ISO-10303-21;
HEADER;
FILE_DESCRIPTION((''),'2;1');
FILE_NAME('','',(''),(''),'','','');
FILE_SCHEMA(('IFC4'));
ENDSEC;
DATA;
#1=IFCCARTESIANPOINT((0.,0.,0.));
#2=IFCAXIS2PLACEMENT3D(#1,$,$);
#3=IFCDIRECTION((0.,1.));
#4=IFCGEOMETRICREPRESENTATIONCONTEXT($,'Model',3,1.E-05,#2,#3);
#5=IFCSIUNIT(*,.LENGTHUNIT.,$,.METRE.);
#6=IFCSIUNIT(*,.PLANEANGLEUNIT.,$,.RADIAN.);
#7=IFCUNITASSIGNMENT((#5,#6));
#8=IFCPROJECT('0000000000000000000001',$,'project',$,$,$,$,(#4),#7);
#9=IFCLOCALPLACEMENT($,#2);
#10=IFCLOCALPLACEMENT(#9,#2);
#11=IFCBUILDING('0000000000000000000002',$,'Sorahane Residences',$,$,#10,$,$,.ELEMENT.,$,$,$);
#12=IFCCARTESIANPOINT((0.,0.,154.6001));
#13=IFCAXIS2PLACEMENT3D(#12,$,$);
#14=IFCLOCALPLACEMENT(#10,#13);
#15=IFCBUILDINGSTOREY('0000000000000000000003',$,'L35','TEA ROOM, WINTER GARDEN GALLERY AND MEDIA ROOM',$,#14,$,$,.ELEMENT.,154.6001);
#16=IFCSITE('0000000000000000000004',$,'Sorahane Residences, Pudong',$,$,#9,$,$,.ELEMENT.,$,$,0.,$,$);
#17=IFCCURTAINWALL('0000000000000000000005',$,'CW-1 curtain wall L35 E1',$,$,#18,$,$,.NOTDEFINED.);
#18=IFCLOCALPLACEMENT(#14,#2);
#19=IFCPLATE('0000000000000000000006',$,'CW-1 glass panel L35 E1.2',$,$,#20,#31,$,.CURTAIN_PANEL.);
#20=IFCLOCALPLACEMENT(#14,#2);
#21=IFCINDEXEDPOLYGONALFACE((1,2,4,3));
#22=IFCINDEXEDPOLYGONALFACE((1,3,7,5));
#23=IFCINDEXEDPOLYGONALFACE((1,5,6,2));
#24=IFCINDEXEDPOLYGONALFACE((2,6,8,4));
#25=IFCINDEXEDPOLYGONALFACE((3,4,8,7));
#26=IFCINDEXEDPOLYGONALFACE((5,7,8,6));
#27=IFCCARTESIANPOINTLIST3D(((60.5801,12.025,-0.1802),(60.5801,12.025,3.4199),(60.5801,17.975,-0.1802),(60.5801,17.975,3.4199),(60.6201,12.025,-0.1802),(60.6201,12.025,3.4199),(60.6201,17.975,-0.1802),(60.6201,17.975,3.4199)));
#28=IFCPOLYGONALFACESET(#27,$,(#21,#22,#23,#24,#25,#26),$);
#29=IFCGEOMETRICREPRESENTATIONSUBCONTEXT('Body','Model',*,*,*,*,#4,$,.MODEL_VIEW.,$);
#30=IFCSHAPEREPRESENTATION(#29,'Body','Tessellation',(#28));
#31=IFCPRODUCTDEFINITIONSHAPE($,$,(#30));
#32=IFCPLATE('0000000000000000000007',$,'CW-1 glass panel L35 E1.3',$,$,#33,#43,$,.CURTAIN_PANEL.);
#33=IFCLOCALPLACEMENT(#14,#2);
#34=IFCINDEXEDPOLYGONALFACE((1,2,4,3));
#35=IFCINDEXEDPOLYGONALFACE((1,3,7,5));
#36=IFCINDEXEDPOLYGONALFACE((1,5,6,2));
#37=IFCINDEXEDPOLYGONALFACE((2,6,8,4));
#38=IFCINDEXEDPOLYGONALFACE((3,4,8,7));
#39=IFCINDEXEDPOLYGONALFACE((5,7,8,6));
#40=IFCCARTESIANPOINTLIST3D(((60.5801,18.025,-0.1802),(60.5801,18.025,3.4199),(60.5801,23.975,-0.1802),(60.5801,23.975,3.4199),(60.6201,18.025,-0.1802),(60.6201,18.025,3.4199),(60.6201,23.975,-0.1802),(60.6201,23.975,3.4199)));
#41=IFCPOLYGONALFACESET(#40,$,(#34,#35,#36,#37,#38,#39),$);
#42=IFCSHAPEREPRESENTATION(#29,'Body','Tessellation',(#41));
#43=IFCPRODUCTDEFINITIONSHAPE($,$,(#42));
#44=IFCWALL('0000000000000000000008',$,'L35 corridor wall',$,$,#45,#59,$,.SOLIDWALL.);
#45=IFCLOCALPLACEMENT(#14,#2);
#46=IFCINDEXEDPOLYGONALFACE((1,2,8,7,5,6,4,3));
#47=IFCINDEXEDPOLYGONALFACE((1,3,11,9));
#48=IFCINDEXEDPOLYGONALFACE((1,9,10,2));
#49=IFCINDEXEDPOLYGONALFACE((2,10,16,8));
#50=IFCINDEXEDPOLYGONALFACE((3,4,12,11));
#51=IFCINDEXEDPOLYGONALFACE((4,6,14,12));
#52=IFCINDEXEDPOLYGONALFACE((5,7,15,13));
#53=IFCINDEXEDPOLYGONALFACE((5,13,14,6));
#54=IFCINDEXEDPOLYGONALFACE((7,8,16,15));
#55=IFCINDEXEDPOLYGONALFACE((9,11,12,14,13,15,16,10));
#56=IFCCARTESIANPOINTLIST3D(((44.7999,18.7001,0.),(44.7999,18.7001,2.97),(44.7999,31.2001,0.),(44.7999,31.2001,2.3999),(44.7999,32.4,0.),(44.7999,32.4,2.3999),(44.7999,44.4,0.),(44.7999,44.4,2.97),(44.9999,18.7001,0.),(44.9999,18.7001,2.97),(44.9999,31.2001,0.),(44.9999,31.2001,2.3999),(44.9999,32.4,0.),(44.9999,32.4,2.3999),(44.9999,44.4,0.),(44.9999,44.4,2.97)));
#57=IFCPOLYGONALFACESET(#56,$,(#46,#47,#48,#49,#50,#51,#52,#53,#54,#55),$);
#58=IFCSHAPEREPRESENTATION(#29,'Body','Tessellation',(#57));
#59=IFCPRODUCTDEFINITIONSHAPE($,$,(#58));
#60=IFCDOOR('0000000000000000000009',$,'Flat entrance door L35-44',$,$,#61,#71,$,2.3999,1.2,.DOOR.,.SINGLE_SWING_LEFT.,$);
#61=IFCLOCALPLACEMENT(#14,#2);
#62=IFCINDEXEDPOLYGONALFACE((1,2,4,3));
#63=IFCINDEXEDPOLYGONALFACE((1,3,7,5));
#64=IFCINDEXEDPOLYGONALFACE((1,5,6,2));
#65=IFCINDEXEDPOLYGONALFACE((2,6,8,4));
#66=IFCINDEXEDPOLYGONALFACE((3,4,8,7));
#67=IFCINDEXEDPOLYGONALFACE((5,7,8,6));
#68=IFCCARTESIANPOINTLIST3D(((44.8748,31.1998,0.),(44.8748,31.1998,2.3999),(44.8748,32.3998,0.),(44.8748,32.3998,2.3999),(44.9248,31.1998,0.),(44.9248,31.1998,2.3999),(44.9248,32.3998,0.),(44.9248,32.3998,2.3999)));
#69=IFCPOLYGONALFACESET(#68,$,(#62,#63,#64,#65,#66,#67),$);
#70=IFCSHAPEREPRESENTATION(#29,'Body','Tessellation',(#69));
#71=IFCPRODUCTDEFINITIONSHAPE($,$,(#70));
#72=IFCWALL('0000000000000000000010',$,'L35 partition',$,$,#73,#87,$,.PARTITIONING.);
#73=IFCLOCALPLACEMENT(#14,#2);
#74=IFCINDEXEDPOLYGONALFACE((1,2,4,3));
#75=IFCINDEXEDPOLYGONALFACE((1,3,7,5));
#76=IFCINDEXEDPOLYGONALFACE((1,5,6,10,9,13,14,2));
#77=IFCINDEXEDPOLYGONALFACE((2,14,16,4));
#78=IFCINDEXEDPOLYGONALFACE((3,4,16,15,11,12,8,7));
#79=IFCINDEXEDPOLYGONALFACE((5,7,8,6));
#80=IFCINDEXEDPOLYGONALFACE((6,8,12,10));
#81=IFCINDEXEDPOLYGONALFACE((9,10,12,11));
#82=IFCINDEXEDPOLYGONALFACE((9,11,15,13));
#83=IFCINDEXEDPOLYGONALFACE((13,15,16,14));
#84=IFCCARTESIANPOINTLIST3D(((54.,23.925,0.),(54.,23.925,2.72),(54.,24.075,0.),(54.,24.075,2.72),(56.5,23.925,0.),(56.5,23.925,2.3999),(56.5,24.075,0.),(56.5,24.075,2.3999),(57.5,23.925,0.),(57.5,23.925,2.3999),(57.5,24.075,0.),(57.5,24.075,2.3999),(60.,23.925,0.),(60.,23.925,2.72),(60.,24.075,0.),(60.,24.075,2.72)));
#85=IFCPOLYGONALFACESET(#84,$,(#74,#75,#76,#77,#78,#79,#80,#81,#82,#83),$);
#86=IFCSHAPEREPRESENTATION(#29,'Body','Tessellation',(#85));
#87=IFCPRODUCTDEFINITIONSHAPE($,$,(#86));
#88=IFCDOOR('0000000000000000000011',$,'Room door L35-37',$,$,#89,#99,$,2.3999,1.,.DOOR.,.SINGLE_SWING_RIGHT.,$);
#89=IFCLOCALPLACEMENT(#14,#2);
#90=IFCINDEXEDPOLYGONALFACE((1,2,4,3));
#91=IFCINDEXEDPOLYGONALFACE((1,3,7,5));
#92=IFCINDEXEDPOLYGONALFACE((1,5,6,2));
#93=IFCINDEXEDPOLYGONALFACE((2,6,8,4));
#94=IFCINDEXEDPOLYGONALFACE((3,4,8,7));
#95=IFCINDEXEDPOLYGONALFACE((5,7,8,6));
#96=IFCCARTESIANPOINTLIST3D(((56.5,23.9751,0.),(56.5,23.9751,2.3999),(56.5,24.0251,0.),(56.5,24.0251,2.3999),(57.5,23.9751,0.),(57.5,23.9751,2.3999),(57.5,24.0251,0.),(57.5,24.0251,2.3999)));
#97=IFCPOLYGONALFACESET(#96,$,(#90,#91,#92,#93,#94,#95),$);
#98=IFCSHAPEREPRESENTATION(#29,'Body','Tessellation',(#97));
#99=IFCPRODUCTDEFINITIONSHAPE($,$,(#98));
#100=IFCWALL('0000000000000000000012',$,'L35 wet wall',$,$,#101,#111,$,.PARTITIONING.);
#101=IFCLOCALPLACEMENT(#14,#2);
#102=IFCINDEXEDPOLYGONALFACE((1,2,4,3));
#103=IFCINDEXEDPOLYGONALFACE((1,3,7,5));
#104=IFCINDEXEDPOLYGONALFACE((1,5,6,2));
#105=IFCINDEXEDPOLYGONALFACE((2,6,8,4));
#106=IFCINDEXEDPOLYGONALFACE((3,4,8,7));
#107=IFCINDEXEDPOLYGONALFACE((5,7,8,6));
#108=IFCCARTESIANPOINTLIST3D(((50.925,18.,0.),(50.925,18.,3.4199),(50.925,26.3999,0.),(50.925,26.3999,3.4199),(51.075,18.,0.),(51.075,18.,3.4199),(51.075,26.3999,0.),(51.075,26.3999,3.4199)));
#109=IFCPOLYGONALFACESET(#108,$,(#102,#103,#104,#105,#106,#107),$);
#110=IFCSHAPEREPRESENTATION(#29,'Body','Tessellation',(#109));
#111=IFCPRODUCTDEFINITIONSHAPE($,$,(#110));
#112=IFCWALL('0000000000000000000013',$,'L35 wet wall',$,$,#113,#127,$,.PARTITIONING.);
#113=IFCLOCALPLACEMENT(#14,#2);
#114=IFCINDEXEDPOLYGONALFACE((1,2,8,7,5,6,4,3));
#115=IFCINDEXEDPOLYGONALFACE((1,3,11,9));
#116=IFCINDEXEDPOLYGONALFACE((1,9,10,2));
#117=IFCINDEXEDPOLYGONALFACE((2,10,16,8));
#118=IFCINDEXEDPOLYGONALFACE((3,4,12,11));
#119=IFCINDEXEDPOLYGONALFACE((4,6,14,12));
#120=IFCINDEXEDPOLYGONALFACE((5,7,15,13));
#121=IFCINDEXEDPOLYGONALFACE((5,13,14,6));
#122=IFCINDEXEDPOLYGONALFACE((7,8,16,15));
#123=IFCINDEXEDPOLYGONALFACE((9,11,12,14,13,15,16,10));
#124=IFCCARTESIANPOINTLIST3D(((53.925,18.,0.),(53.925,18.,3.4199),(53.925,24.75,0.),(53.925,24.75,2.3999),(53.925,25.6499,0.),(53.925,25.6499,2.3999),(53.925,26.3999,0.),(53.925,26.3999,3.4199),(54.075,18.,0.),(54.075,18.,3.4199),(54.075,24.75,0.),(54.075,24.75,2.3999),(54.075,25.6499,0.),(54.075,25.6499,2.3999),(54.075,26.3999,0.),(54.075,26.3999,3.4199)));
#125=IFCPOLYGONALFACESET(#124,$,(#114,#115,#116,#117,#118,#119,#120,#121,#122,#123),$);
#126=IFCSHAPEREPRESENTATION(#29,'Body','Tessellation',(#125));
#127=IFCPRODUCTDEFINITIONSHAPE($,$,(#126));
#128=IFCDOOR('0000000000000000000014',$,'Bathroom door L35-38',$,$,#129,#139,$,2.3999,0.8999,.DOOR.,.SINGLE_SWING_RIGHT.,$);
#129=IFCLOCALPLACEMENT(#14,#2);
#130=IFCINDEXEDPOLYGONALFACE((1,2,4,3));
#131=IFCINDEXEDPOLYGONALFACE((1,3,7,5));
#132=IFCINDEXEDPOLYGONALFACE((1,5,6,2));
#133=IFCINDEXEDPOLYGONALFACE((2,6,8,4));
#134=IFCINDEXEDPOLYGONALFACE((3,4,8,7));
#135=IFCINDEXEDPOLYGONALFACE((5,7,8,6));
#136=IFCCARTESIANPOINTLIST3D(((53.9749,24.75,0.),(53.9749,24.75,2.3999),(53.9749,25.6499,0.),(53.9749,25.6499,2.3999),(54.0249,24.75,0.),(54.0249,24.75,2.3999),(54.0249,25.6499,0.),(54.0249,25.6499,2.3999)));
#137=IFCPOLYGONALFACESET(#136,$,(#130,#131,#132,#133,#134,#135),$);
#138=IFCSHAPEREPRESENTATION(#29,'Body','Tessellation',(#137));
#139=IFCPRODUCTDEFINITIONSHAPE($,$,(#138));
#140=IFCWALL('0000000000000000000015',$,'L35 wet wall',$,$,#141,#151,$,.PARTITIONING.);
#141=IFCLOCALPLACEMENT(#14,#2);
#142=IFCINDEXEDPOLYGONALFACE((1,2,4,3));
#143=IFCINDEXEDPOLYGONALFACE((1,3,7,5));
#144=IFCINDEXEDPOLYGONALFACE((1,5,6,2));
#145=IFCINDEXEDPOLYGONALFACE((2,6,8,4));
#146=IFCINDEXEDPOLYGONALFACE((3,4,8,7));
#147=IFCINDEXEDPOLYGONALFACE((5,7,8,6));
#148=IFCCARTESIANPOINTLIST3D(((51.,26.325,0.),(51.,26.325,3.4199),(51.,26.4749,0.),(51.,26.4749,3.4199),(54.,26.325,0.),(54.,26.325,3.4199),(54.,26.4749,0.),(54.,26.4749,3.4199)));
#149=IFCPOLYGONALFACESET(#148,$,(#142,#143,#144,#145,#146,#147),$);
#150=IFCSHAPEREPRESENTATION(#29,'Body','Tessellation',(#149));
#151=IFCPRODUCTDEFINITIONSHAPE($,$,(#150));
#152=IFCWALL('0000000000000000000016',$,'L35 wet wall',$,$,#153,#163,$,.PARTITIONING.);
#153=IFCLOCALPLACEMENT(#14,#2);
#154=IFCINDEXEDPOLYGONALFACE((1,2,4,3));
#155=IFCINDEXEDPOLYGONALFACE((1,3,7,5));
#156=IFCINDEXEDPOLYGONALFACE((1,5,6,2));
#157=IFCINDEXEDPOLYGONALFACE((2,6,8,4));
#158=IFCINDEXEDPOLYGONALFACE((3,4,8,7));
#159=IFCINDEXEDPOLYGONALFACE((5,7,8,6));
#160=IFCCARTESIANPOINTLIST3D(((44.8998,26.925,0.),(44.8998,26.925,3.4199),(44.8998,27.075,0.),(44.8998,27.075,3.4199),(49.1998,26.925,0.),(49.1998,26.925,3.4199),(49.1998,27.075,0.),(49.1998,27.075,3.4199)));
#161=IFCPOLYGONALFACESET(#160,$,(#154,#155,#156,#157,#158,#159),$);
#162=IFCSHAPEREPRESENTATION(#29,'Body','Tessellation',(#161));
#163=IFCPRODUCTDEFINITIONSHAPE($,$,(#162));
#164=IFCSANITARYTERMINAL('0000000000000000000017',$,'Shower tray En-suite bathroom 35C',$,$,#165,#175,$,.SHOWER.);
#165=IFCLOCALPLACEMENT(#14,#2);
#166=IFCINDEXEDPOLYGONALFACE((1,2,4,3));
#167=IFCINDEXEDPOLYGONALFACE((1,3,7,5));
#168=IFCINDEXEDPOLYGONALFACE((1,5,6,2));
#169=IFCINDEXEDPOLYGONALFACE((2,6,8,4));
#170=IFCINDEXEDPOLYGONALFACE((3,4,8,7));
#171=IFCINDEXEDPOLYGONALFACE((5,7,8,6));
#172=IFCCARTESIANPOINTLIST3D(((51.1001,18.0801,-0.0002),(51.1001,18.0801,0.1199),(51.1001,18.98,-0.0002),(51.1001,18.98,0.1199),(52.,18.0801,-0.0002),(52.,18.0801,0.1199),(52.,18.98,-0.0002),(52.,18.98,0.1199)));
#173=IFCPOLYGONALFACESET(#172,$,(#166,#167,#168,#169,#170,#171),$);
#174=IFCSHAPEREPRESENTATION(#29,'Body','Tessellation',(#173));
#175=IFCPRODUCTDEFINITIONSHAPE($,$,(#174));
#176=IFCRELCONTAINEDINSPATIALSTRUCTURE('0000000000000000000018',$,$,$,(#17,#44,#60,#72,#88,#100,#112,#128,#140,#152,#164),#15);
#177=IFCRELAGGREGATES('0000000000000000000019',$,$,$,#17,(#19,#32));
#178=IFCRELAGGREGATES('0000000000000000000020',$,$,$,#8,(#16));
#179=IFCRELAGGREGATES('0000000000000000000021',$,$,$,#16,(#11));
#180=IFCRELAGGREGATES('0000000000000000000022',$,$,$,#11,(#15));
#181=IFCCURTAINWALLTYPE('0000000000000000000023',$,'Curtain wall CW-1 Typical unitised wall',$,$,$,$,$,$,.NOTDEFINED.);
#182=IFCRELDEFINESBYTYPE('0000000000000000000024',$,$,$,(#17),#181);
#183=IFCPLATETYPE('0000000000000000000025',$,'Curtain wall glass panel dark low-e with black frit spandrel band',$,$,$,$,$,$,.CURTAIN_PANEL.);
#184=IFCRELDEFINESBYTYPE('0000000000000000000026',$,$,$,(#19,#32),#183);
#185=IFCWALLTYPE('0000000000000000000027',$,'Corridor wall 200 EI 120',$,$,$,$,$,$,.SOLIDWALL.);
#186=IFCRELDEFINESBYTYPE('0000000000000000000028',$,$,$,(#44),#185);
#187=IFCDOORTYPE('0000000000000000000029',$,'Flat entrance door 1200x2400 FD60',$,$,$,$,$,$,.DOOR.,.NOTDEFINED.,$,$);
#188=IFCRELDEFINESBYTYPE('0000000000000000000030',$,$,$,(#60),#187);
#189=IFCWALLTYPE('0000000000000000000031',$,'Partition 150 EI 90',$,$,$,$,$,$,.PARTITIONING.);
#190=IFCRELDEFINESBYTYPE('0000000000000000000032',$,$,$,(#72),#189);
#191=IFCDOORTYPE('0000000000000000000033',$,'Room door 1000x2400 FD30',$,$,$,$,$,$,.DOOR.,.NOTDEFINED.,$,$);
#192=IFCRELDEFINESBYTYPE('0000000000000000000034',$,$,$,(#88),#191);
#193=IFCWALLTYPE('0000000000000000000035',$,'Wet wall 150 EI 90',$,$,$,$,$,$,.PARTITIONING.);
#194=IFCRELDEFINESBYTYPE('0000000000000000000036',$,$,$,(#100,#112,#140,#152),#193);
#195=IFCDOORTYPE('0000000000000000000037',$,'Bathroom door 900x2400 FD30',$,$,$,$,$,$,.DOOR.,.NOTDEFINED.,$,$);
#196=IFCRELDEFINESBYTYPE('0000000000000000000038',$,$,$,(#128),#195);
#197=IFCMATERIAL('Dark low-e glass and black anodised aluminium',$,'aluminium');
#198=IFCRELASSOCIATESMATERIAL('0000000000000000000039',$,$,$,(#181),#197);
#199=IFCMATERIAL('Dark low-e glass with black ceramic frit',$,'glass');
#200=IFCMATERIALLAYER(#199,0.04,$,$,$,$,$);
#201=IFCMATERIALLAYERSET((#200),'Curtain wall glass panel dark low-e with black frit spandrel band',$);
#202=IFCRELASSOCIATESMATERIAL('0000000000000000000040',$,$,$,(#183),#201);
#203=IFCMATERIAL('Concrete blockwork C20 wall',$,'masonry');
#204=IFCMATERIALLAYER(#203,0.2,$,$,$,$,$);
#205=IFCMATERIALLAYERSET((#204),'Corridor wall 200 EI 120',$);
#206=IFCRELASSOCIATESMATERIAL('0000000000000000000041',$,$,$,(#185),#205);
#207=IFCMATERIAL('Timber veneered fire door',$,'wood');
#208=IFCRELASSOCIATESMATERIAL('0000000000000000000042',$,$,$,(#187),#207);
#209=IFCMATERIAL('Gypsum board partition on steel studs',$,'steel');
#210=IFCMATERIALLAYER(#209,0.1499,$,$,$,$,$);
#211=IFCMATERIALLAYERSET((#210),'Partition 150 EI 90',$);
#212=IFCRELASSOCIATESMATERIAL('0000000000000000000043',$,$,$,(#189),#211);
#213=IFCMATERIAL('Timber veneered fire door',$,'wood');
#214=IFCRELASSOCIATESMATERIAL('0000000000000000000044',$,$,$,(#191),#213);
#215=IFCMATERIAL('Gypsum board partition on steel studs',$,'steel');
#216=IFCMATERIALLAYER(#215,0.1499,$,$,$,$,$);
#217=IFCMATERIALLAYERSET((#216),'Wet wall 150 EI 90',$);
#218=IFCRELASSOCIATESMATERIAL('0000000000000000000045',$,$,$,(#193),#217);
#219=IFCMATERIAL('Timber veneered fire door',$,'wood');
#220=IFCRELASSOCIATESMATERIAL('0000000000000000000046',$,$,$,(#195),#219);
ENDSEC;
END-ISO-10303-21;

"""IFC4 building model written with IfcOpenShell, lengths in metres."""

from ifc_helpers import new_model, si_unit, direction, frame, frame_2d, origin, origin_2d, place, context, subcontext, project, spatial, rectangle, extrude, material, layer, layer_set, type_object, element, fill, aggregate, save


model = new_model("IFC4")

# Units and contexts
model_context = context("Model", 3, precision=1e-05, world=origin(), true_north=direction((0.0, 1.0)))
body_context = subcontext(model_context, "Body", "Model", "MODEL_VIEW")
ifc_project = project(units=[si_unit("LENGTHUNIT", "METRE"), si_unit("PLANEANGLEUNIT", "RADIAN")], contexts=[model_context])

# Site, building, storey
site_placement = place(None, origin())
site = spatial("IfcSite", under=ifc_project, at=site_placement, Name="Sorahane Residences, Pudong", CompositionType="ELEMENT", RefElevation=0.0)
building_placement = place(site_placement, origin())
building = spatial("IfcBuilding", under=site, at=building_placement, Name="Sorahane Residences", CompositionType="ELEMENT")
storey_placement = place(building_placement, frame((0.0, 0.0, 154.6001)))
storey = spatial("IfcBuildingStorey", under=building, at=storey_placement, Name="L35", Description="TEA ROOM, WINTER GARDEN GALLERY AND MEDIA ROOM", CompositionType="ELEMENT", Elevation=154.6001)

# Curtain wall
ifc_material_1 = material(Name="Dark low-e glass and black anodised aluminium", Category="aluminium")
curtain_wall_type = type_object("IfcCurtainWallType", Name="Curtain wall CW-1 Typical unitised wall", PredefinedType="NOTDEFINED", material=ifc_material_1)
curtain_wall_placement = place(storey_placement, origin())
curtain_wall = element("IfcCurtainWall", 1, at=curtain_wall_placement, inside=storey, type_object=curtain_wall_type, Name="CW-1 curtain wall L35 E1", PredefinedType="NOTDEFINED")

# Plates
ifc_material_2 = material(Name="Dark low-e glass with black ceramic frit", Category="glass")
ifc_layer_1 = layer(ifc_material_2, 0.04)
ifc_layer_set_1 = layer_set([ifc_layer_1], Name="Curtain wall glass panel dark low-e with black frit spandrel band")
plate_type = type_object("IfcPlateType", Name="Curtain wall glass panel dark low-e with black frit spandrel band", PredefinedType="CURTAIN_PANEL", material=ifc_layer_set_1)
plate_1_placement = place(storey_placement, frame((60.6001, 15.0, -0.1802), z_axis=(0.0, 0.0, 1.0), x_axis=(0.0, 1.0, 0.0)))
plate_1 = element("IfcPlate", 2, at=plate_1_placement, type_object=plate_type, Name="CW-1 glass panel L35 E1.2", PredefinedType="CURTAIN_PANEL", context=body_context, shape_type="SweptSolid", body=[
    extrude(rectangle(XDim=5.95, YDim=0.04, at=origin_2d()), origin(), (0.0, 0.0, 1.0), 3.6001),
])
plate_2_placement = place(storey_placement, frame((60.6001, 21.0, -0.1802), z_axis=(0.0, 0.0, 1.0), x_axis=(0.0, 1.0, 0.0)))
plate_2 = element("IfcPlate", 3, at=plate_2_placement, type_object=plate_type, Name="CW-1 glass panel L35 E1.3", PredefinedType="CURTAIN_PANEL", context=body_context, shape_type="SweptSolid", body=[
    extrude(rectangle(XDim=5.95, YDim=0.04, at=origin_2d()), origin(), (0.0, 0.0, 1.0), 3.6001),
])
aggregate(curtain_wall, [plate_1, plate_2])

# Walls, openings, doors
ifc_material_3 = material(Name="Concrete blockwork C20 wall", Category="masonry")
ifc_layer_2 = layer(ifc_material_3, 0.2)
ifc_layer_set_2 = layer_set([ifc_layer_2], Name="Corridor wall 200 EI 120")
wall_type_1 = type_object("IfcWallType", Name="Corridor wall 200 EI 120", PredefinedType="SOLIDWALL", material=ifc_layer_set_2)
wall_1_placement = place(storey_placement, frame((44.8999, 18.7, 0.0), z_axis=(0.0, 0.0, 1.0), x_axis=(0.0, 1.0, 0.0)))
wall_1 = element("IfcWall", 4, at=wall_1_placement, inside=storey, type_object=wall_type_1, Name="L35 corridor wall", PredefinedType="SOLIDWALL", context=body_context, shape_type="SweptSolid", body=[
    extrude(rectangle(XDim=25.7, YDim=0.2, at=frame_2d((12.8501, 0.0))), origin(), (0.0, 0.0, 1.0), 2.97),
])
opening_1_placement = place(wall_1_placement, frame((12.5, 0.0, 0.0)))
opening_1 = element("IfcOpeningElement", 5, at=opening_1_placement, cuts=wall_1, PredefinedType="OPENING", context=body_context, shape_type="SweptSolid", body=[
    extrude(rectangle(XDim=1.2, YDim=2.3999, at=frame_2d((0.6001, 1.2))), frame((0.0, 0.1099, 0.0), z_axis=(0.0, -1.0, 0.0), x_axis=(1.0, 0.0, 0.0)), (0.0, 0.0, 1.0), 0.22),
])
ifc_material_4 = material(Name="Timber veneered fire door", Category="wood")
door_type_1 = type_object("IfcDoorType", Name="Flat entrance door 1200x2400 FD60", OperationType="NOTDEFINED", PredefinedType="DOOR", material=ifc_material_4)
door_1_placement = place(opening_1_placement, frame((1.2, 0.0, 0.0), z_axis=(0.0, 0.0, 1.0), x_axis=(-1.0, 0.0, 0.0)))
door_1 = element("IfcDoor", 6, at=door_1_placement, inside=storey, type_object=door_type_1, Name="Flat entrance door L35-44", OperationType="SINGLE_SWING_LEFT", OverallHeight=2.3999, OverallWidth=1.2, PredefinedType="DOOR", context=body_context, shape_type="SweptSolid", body=[
    extrude(rectangle(XDim=1.2, YDim=2.3999, at=frame_2d((0.6001, 1.2))), frame((0.0, 0.0249, 0.0), z_axis=(0.0, -1.0, 0.0), x_axis=(1.0, 0.0, 0.0)), (0.0, 0.0, 1.0), 0.05),
])
fill(opening_1, door_1)
ifc_material_5 = material(Name="Gypsum board partition on steel studs", Category="steel")
ifc_layer_3 = layer(ifc_material_5, 0.1499)
ifc_layer_set_3 = layer_set([ifc_layer_3], Name="Partition 150 EI 90")
wall_type_2 = type_object("IfcWallType", Name="Partition 150 EI 90", PredefinedType="PARTITIONING", material=ifc_layer_set_3)
ifc_material_6 = material(Name="Timber veneered fire door", Category="wood")
door_type_2 = type_object("IfcDoorType", Name="Room door 1000x2400 FD30", OperationType="NOTDEFINED", PredefinedType="DOOR", material=ifc_material_6)
wall_2_placement = place(storey_placement, frame((54.0, 24.0, 0.0), z_axis=(0.0, 0.0, 1.0), x_axis=(1.0, 0.0, 0.0)))
wall_2 = element("IfcWall", 7, at=wall_2_placement, inside=storey, type_object=wall_type_2, Name="L35 partition", PredefinedType="PARTITIONING", context=body_context, shape_type="SweptSolid", body=[
    extrude(rectangle(XDim=6.0, YDim=0.1499, at=frame_2d((3.0, 0.0))), origin(), (0.0, 0.0, 1.0), 2.72),
])
opening_2_placement = place(wall_2_placement, frame((2.5, 0.0, 0.0)))
opening_2 = element("IfcOpeningElement", 8, at=opening_2_placement, cuts=wall_2, PredefinedType="OPENING", context=body_context, shape_type="SweptSolid", body=[
    extrude(rectangle(XDim=1.0, YDim=2.3999, at=frame_2d((0.5, 1.2))), frame((0.0, 0.085, 0.0), z_axis=(0.0, -1.0, 0.0), x_axis=(1.0, 0.0, 0.0)), (0.0, 0.0, 1.0), 0.1699),
])
door_2_placement = place(opening_2_placement, frame((1.0, 0.0, 0.0), z_axis=(0.0, 0.0, 1.0), x_axis=(-1.0, 0.0, 0.0)))
door_2 = element("IfcDoor", 9, at=door_2_placement, inside=storey, type_object=door_type_2, Name="Room door L35-37", OperationType="SINGLE_SWING_RIGHT", OverallHeight=2.3999, OverallWidth=1.0, PredefinedType="DOOR", context=body_context, shape_type="SweptSolid", body=[
    extrude(rectangle(XDim=1.0, YDim=2.3999, at=frame_2d((0.5, 1.2))), frame((0.0, 0.0249, 0.0), z_axis=(0.0, -1.0, 0.0), x_axis=(1.0, 0.0, 0.0)), (0.0, 0.0, 1.0), 0.05),
])
fill(opening_2, door_2)
ifc_material_7 = material(Name="Gypsum board partition on steel studs", Category="steel")
ifc_layer_4 = layer(ifc_material_7, 0.1499)
ifc_layer_set_4 = layer_set([ifc_layer_4], Name="Wet wall 150 EI 90")
wall_type_3 = type_object("IfcWallType", Name="Wet wall 150 EI 90", PredefinedType="PARTITIONING", material=ifc_layer_set_4)
ifc_material_8 = material(Name="Timber veneered fire door", Category="wood")
door_type_3 = type_object("IfcDoorType", Name="Bathroom door 900x2400 FD30", OperationType="NOTDEFINED", PredefinedType="DOOR", material=ifc_material_8)

# Wall
wall_3_placement = place(storey_placement, frame((51.0, 18.0, 0.0), z_axis=(0.0, 0.0, 1.0), x_axis=(0.0, 1.0, 0.0)))
element("IfcWall", 10, at=wall_3_placement, inside=storey, type_object=wall_type_3, Name="L35 wet wall", PredefinedType="PARTITIONING", context=body_context, shape_type="SweptSolid", body=[
    extrude(rectangle(XDim=8.3999, YDim=0.1499, at=frame_2d((4.2, 0.0))), origin(), (0.0, 0.0, 1.0), 3.4199),
])

# Wall, opening, door
wall_4_placement = place(storey_placement, frame((54.0, 18.0, 0.0), z_axis=(0.0, 0.0, 1.0), x_axis=(0.0, 1.0, 0.0)))
wall_4 = element("IfcWall", 11, at=wall_4_placement, inside=storey, type_object=wall_type_3, Name="L35 wet wall", PredefinedType="PARTITIONING", context=body_context, shape_type="SweptSolid", body=[
    extrude(rectangle(XDim=8.3999, YDim=0.1499, at=frame_2d((4.2, 0.0))), origin(), (0.0, 0.0, 1.0), 3.4199),
])
opening_3_placement = place(wall_4_placement, frame((6.75, 0.0, 0.0)))
opening_3 = element("IfcOpeningElement", 12, at=opening_3_placement, cuts=wall_4, PredefinedType="OPENING", context=body_context, shape_type="SweptSolid", body=[
    extrude(rectangle(XDim=0.8999, YDim=2.3999, at=frame_2d((0.45, 1.2))), frame((0.0, 0.085, 0.0), z_axis=(0.0, -1.0, 0.0), x_axis=(1.0, 0.0, 0.0)), (0.0, 0.0, 1.0), 0.1699),
])
door_3_placement = place(opening_3_placement, frame((0.8999, 0.0, 0.0), z_axis=(0.0, 0.0, 1.0), x_axis=(-1.0, 0.0, 0.0)))
door_3 = element("IfcDoor", 13, at=door_3_placement, inside=storey, type_object=door_type_3, Name="Bathroom door L35-38", OperationType="SINGLE_SWING_RIGHT", OverallHeight=2.3999, OverallWidth=0.8999, PredefinedType="DOOR", context=body_context, shape_type="SweptSolid", body=[
    extrude(rectangle(XDim=0.8999, YDim=2.3999, at=frame_2d((0.45, 1.2))), frame((0.0, 0.0249, 0.0), z_axis=(0.0, -1.0, 0.0), x_axis=(1.0, 0.0, 0.0)), (0.0, 0.0, 1.0), 0.05),
])
fill(opening_3, door_3)

# Walls
wall_5_placement = place(storey_placement, frame((51.0, 26.3999, 0.0), z_axis=(0.0, 0.0, 1.0), x_axis=(1.0, 0.0, 0.0)))
element("IfcWall", 14, at=wall_5_placement, inside=storey, type_object=wall_type_3, Name="L35 wet wall", PredefinedType="PARTITIONING", context=body_context, shape_type="SweptSolid", body=[
    extrude(rectangle(XDim=3.0, YDim=0.1499, at=frame_2d((1.5, 0.0))), origin(), (0.0, 0.0, 1.0), 3.4199),
])
wall_6_placement = place(storey_placement, frame((44.8999, 27.0, 0.0), z_axis=(0.0, 0.0, 1.0), x_axis=(1.0, 0.0, 0.0)))
element("IfcWall", 15, at=wall_6_placement, inside=storey, type_object=wall_type_3, Name="L35 wet wall", PredefinedType="PARTITIONING", context=body_context, shape_type="SweptSolid", body=[
    extrude(rectangle(XDim=4.3, YDim=0.1499, at=frame_2d((2.1499, 0.0))), origin(), (0.0, 0.0, 1.0), 3.4199),
])

# Sanitary terminal
sanitary_terminal_1_placement = place(storey_placement, frame((51.55, 18.53, -0.0002), z_axis=(0.0, 0.0, 1.0), x_axis=(0.0, 1.0, 0.0)))
element("IfcSanitaryTerminal", 16, at=sanitary_terminal_1_placement, inside=storey, Name="Shower tray En-suite bathroom 35C", PredefinedType="SHOWER", context=body_context, shape_type="SweptSolid", body=[
    extrude(rectangle(XDim=0.8999, YDim=0.8999, at=origin_2d()), origin(), (0.0, 0.0, 1.0), 0.1201),
])

save(model, "model.ifc")
